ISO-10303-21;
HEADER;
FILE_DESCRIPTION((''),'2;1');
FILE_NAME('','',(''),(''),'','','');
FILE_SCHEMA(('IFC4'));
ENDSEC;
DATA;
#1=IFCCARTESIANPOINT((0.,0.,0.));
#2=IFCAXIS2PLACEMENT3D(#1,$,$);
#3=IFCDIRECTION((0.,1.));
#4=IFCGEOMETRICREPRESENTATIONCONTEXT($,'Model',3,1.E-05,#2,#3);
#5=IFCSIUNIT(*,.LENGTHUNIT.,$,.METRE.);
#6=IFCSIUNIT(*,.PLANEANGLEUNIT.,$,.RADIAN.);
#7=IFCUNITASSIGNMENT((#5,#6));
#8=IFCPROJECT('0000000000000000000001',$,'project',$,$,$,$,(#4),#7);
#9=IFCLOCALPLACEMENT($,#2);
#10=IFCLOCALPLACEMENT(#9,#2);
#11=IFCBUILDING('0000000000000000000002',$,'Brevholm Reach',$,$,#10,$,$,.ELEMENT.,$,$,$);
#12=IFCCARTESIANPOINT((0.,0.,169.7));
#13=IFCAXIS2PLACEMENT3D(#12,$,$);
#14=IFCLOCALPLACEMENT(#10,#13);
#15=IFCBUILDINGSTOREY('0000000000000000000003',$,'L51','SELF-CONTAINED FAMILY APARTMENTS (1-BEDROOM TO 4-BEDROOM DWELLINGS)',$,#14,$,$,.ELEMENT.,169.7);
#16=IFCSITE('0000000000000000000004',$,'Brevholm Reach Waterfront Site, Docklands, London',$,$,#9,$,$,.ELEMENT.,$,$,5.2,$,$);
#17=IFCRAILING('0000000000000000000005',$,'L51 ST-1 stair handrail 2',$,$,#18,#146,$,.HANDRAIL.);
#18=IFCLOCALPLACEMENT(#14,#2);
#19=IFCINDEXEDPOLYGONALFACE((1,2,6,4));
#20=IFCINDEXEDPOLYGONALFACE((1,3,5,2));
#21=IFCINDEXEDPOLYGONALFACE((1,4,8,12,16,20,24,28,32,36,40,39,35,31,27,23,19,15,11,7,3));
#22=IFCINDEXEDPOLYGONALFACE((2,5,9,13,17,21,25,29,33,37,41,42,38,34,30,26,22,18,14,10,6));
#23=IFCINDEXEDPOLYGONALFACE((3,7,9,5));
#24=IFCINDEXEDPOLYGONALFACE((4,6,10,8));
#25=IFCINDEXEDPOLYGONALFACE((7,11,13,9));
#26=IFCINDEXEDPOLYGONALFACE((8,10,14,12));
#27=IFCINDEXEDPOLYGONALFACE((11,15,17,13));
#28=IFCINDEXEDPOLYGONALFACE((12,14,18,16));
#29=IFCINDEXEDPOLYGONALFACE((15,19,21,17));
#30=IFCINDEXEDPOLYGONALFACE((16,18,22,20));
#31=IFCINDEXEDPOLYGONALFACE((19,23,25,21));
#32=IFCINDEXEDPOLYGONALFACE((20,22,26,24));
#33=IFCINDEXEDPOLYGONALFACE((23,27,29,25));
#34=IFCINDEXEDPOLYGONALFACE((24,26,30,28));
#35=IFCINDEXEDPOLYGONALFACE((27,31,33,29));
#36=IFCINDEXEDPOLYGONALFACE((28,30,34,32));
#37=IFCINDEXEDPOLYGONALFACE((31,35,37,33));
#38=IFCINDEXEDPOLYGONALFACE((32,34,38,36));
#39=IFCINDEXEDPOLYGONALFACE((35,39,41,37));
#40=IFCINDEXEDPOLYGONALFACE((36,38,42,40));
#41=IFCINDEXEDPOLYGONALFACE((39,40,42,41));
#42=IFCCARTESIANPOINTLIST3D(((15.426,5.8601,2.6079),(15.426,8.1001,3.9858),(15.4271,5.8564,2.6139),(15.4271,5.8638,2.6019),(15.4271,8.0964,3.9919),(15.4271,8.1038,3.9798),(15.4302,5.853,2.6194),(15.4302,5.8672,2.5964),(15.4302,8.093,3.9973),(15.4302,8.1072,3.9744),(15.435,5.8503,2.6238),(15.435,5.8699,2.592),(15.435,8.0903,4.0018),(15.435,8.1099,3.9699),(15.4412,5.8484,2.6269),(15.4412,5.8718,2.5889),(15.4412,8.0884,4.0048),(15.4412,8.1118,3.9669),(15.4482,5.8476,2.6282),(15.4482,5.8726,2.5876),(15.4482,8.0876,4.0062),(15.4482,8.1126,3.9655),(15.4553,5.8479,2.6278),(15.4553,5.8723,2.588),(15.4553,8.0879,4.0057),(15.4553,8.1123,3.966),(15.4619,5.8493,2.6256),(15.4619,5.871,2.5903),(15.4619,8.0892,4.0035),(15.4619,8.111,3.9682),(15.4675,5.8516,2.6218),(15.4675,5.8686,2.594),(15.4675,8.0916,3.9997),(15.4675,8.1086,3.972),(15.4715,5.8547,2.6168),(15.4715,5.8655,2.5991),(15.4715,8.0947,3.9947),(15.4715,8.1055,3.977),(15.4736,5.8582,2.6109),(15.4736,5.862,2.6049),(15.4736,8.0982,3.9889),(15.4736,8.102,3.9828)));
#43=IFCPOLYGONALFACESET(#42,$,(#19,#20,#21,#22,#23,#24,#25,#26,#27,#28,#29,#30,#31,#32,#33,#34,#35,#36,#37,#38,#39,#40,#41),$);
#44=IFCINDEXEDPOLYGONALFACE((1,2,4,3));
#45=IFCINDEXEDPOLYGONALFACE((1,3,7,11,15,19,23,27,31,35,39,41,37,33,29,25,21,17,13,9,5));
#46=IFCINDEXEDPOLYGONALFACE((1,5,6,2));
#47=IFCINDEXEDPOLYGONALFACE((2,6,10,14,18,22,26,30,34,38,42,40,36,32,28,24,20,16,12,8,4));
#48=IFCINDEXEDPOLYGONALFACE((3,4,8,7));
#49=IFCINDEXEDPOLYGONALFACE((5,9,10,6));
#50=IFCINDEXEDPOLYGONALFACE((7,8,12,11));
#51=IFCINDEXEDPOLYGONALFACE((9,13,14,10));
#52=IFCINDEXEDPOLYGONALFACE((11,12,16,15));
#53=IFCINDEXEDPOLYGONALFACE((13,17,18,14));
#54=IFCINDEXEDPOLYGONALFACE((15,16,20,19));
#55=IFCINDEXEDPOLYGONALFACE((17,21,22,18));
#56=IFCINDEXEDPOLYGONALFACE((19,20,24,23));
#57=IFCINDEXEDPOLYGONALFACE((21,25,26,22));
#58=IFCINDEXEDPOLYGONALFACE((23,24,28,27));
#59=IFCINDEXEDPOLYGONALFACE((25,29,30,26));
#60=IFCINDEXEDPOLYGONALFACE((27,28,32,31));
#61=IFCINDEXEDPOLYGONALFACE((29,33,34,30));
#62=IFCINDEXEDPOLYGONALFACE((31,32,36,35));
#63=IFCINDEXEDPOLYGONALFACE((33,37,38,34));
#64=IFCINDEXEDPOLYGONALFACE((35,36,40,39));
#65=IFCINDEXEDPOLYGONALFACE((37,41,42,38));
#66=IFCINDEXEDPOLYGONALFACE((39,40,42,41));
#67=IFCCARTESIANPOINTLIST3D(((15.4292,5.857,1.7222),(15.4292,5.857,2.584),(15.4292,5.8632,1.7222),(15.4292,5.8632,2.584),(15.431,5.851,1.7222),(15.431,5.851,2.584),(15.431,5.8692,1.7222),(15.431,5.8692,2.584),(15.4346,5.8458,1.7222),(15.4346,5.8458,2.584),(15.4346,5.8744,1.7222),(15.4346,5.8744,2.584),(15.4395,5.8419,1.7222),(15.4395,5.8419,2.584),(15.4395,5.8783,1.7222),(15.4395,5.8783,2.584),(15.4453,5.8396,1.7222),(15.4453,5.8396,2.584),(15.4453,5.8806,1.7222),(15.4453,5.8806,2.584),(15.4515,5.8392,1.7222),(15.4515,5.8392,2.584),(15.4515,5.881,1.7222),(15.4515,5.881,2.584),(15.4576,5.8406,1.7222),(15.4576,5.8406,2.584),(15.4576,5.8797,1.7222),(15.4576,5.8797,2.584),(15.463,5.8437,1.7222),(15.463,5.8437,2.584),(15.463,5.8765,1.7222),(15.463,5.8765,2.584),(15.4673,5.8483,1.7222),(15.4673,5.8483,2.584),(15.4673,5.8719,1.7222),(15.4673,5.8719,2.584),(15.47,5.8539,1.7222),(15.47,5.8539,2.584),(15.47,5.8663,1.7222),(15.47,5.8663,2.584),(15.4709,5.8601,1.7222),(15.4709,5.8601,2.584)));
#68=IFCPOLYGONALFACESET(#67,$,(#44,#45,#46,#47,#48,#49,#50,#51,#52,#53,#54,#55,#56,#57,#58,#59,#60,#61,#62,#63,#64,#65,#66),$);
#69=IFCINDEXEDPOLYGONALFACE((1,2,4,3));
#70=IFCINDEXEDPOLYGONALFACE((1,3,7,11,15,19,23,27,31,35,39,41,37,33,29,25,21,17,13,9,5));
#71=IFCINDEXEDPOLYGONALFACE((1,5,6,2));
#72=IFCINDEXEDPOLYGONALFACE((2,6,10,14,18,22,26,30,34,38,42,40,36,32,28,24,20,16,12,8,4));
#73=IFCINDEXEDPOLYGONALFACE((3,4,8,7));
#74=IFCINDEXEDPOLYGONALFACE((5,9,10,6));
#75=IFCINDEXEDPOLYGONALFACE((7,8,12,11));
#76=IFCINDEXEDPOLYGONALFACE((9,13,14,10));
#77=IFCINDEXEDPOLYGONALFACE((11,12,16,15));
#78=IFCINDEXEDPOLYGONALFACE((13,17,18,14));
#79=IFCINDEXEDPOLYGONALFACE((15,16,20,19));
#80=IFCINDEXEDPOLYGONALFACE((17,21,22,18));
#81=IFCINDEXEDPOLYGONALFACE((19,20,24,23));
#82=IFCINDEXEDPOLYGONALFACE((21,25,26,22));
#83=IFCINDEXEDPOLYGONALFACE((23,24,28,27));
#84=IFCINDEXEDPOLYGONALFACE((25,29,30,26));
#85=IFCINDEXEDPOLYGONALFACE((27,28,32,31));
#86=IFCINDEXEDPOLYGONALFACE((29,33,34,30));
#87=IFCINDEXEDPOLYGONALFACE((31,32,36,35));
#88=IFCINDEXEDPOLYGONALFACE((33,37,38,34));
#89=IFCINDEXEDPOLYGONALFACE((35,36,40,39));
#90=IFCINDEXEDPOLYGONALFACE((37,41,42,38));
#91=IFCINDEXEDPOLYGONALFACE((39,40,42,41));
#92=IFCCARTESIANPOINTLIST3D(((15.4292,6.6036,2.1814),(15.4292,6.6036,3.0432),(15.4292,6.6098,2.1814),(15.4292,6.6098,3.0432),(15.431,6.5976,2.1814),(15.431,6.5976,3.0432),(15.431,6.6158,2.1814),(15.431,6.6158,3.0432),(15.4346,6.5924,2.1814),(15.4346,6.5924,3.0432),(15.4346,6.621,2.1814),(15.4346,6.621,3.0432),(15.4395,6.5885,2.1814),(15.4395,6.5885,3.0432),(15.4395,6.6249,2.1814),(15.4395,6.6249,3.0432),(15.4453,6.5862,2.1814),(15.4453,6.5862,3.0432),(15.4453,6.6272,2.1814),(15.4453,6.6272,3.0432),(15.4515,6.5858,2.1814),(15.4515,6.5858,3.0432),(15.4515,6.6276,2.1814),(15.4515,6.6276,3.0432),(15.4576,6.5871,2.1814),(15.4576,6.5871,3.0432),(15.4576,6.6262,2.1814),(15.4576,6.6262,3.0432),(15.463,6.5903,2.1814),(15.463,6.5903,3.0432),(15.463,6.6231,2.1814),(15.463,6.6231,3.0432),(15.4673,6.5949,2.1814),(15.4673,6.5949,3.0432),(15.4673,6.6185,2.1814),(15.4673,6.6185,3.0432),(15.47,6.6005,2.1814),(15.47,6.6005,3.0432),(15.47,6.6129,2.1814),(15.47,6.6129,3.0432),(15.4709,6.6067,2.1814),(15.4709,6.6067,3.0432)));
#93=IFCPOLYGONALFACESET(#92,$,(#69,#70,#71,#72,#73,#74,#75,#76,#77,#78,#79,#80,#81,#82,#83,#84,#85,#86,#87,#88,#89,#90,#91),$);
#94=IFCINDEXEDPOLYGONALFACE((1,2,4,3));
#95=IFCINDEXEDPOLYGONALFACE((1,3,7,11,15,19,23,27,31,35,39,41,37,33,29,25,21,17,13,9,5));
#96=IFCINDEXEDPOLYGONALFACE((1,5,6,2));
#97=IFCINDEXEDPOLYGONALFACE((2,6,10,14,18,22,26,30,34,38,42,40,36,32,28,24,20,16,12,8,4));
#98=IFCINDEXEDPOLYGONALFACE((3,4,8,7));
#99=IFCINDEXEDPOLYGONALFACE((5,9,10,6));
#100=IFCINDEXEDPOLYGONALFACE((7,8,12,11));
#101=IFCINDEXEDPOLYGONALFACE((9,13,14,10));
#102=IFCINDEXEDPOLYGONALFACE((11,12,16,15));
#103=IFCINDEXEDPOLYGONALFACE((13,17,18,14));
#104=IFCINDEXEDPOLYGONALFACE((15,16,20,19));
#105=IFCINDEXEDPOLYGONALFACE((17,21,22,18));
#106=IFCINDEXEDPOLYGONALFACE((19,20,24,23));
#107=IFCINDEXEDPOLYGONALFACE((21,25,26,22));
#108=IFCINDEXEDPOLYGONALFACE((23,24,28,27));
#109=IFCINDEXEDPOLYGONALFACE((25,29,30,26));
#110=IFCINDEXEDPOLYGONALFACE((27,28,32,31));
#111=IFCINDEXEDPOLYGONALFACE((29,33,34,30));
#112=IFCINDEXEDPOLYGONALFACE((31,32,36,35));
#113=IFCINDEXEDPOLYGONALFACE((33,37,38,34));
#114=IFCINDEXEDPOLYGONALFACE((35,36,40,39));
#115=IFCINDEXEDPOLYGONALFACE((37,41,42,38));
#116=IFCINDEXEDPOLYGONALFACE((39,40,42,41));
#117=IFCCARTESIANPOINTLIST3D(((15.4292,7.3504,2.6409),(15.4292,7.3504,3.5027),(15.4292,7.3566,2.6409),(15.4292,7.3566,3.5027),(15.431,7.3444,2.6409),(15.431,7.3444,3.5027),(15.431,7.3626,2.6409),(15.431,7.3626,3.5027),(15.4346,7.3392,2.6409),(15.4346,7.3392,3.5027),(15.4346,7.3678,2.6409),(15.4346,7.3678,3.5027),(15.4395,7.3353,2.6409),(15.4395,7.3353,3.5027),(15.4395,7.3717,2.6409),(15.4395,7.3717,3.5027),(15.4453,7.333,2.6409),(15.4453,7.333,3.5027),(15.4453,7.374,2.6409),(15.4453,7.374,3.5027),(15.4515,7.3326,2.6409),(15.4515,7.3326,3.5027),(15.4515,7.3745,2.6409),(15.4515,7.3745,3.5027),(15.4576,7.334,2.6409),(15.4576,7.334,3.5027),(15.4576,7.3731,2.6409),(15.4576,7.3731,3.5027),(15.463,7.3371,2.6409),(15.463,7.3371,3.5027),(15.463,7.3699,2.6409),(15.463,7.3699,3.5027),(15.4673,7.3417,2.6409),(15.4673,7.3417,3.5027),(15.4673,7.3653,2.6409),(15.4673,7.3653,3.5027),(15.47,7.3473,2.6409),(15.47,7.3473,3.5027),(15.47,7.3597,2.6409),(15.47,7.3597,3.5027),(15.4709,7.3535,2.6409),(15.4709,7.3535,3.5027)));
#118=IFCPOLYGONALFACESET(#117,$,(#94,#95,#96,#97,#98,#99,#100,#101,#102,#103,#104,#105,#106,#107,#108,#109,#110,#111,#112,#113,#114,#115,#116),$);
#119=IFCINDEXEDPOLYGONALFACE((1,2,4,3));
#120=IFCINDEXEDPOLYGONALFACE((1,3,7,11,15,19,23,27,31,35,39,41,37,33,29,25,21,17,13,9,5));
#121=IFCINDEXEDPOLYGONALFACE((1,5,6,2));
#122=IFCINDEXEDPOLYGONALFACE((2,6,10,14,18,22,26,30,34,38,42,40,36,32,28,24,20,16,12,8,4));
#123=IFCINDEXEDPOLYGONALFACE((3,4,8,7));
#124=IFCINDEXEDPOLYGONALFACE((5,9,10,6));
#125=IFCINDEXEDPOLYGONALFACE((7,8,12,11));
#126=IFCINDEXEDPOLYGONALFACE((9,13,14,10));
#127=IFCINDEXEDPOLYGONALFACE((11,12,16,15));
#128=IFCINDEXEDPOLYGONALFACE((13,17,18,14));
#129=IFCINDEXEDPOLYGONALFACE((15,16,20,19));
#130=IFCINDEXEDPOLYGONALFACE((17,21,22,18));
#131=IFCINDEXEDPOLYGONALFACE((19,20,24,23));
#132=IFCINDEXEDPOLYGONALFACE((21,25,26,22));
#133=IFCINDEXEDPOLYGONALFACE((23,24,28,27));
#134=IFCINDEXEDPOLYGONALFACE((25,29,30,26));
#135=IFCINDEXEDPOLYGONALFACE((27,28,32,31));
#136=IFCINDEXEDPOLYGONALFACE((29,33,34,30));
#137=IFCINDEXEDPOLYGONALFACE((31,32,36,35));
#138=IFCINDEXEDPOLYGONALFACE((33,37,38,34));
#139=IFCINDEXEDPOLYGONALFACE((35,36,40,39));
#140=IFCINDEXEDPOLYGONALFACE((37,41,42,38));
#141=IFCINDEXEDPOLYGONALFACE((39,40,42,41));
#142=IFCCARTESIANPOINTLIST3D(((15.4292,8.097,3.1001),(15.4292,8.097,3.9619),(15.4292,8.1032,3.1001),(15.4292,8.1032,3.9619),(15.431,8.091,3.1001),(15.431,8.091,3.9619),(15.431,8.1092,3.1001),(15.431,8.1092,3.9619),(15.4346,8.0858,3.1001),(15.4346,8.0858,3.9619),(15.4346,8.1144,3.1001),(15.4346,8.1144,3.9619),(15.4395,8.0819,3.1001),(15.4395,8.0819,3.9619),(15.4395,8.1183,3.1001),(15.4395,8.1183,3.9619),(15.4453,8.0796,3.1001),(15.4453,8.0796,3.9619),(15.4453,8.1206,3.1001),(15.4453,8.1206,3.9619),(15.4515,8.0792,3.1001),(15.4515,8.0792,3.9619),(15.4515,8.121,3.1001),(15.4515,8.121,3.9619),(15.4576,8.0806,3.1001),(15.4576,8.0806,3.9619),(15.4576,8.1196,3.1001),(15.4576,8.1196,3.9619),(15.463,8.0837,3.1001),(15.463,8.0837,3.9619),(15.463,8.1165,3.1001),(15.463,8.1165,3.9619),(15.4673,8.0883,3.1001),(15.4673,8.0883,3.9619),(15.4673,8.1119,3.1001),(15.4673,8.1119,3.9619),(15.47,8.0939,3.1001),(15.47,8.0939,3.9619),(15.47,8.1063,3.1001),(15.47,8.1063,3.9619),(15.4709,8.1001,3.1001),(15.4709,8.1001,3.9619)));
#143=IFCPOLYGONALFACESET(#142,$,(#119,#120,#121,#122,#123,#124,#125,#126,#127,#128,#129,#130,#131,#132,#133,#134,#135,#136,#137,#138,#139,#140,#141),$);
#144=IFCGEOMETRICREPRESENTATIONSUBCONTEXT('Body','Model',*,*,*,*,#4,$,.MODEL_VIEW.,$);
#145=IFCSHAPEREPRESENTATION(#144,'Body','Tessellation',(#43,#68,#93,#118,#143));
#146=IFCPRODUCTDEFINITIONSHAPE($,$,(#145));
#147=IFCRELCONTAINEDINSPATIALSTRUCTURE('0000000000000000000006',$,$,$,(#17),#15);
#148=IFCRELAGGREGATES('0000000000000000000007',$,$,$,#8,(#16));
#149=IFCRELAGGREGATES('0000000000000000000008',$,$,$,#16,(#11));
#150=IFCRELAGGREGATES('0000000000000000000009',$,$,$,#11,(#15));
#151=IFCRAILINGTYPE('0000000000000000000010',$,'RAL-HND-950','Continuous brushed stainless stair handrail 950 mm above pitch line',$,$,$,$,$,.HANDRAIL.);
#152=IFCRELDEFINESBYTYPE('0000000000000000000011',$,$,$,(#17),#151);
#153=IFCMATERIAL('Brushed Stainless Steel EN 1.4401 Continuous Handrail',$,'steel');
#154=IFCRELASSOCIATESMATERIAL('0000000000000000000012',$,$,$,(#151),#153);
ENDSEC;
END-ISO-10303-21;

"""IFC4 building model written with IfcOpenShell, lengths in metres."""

from ifc_helpers import new_model, si_unit, direction, frame, origin, origin_2d, place, context, subcontext, project, spatial, circle, extrude, material, type_object, element, save


model = new_model("IFC4")

# Units and contexts
model_context = context("Model", 3, precision=1e-05, world=origin(), true_north=direction((0.0, 1.0)))
body_context = subcontext(model_context, "Body", "Model", "MODEL_VIEW")
ifc_project = project(units=[si_unit("LENGTHUNIT", "METRE"), si_unit("PLANEANGLEUNIT", "RADIAN")], contexts=[model_context])

# Site, building, storey
site_placement = place(None, origin())
site = spatial("IfcSite", under=ifc_project, at=site_placement, Name="Brevholm Reach Waterfront Site, Docklands, London", CompositionType="ELEMENT", RefElevation=5.2)
building_placement = place(site_placement, origin())
building = spatial("IfcBuilding", under=site, at=building_placement, Name="Brevholm Reach", CompositionType="ELEMENT")
storey_placement = place(building_placement, frame((0.0, 0.0, 169.7)))
storey = spatial("IfcBuildingStorey", under=building, at=storey_placement, Name="L51", Description="SELF-CONTAINED FAMILY APARTMENTS (1-BEDROOM TO 4-BEDROOM DWELLINGS)", CompositionType="ELEMENT", Elevation=169.7)

# Railing
ifc_material_1 = material(Name="Brushed Stainless Steel EN 1.4401 Continuous Handrail", Category="steel")
railing_type_1 = type_object("IfcRailingType", Name="RAL-HND-950", Description="Continuous brushed stainless stair handrail 950 mm above pitch line", PredefinedType="HANDRAIL", material=ifc_material_1)
railing_1_placement = place(storey_placement, frame((15.45, 5.8601, 1.7222)))
element("IfcRailing", 1, at=railing_1_placement, inside=storey, type_object=railing_type_1, Name="L51 ST-1 stair handrail 2", PredefinedType="HANDRAIL", context=body_context, shape_type="SweptSolid", body=[
    extrude(circle(Radius=0.0239, at=origin_2d()), frame((0.0, 0.0, 0.8857), z_axis=(0.0, 0.851748, 0.523952), x_axis=(-1.0, 0.0, 0.0)), (0.0, 0.0, 1.0), 2.6299),
    extrude(circle(Radius=0.021, at=origin_2d()), origin(), (0.0, 0.0, 1.0), 0.8618),
    extrude(circle(Radius=0.021, at=origin_2d()), frame((0.0, 0.7466, 0.4592)), (0.0, 0.0, 1.0), 0.8618),
    extrude(circle(Radius=0.021, at=origin_2d()), frame((0.0, 1.4934, 0.9187)), (0.0, 0.0, 1.0), 0.8618),
    extrude(circle(Radius=0.021, at=origin_2d()), frame((0.0, 2.24, 1.3779)), (0.0, 0.0, 1.0), 0.8618),
])

save(model, "model.ifc")
